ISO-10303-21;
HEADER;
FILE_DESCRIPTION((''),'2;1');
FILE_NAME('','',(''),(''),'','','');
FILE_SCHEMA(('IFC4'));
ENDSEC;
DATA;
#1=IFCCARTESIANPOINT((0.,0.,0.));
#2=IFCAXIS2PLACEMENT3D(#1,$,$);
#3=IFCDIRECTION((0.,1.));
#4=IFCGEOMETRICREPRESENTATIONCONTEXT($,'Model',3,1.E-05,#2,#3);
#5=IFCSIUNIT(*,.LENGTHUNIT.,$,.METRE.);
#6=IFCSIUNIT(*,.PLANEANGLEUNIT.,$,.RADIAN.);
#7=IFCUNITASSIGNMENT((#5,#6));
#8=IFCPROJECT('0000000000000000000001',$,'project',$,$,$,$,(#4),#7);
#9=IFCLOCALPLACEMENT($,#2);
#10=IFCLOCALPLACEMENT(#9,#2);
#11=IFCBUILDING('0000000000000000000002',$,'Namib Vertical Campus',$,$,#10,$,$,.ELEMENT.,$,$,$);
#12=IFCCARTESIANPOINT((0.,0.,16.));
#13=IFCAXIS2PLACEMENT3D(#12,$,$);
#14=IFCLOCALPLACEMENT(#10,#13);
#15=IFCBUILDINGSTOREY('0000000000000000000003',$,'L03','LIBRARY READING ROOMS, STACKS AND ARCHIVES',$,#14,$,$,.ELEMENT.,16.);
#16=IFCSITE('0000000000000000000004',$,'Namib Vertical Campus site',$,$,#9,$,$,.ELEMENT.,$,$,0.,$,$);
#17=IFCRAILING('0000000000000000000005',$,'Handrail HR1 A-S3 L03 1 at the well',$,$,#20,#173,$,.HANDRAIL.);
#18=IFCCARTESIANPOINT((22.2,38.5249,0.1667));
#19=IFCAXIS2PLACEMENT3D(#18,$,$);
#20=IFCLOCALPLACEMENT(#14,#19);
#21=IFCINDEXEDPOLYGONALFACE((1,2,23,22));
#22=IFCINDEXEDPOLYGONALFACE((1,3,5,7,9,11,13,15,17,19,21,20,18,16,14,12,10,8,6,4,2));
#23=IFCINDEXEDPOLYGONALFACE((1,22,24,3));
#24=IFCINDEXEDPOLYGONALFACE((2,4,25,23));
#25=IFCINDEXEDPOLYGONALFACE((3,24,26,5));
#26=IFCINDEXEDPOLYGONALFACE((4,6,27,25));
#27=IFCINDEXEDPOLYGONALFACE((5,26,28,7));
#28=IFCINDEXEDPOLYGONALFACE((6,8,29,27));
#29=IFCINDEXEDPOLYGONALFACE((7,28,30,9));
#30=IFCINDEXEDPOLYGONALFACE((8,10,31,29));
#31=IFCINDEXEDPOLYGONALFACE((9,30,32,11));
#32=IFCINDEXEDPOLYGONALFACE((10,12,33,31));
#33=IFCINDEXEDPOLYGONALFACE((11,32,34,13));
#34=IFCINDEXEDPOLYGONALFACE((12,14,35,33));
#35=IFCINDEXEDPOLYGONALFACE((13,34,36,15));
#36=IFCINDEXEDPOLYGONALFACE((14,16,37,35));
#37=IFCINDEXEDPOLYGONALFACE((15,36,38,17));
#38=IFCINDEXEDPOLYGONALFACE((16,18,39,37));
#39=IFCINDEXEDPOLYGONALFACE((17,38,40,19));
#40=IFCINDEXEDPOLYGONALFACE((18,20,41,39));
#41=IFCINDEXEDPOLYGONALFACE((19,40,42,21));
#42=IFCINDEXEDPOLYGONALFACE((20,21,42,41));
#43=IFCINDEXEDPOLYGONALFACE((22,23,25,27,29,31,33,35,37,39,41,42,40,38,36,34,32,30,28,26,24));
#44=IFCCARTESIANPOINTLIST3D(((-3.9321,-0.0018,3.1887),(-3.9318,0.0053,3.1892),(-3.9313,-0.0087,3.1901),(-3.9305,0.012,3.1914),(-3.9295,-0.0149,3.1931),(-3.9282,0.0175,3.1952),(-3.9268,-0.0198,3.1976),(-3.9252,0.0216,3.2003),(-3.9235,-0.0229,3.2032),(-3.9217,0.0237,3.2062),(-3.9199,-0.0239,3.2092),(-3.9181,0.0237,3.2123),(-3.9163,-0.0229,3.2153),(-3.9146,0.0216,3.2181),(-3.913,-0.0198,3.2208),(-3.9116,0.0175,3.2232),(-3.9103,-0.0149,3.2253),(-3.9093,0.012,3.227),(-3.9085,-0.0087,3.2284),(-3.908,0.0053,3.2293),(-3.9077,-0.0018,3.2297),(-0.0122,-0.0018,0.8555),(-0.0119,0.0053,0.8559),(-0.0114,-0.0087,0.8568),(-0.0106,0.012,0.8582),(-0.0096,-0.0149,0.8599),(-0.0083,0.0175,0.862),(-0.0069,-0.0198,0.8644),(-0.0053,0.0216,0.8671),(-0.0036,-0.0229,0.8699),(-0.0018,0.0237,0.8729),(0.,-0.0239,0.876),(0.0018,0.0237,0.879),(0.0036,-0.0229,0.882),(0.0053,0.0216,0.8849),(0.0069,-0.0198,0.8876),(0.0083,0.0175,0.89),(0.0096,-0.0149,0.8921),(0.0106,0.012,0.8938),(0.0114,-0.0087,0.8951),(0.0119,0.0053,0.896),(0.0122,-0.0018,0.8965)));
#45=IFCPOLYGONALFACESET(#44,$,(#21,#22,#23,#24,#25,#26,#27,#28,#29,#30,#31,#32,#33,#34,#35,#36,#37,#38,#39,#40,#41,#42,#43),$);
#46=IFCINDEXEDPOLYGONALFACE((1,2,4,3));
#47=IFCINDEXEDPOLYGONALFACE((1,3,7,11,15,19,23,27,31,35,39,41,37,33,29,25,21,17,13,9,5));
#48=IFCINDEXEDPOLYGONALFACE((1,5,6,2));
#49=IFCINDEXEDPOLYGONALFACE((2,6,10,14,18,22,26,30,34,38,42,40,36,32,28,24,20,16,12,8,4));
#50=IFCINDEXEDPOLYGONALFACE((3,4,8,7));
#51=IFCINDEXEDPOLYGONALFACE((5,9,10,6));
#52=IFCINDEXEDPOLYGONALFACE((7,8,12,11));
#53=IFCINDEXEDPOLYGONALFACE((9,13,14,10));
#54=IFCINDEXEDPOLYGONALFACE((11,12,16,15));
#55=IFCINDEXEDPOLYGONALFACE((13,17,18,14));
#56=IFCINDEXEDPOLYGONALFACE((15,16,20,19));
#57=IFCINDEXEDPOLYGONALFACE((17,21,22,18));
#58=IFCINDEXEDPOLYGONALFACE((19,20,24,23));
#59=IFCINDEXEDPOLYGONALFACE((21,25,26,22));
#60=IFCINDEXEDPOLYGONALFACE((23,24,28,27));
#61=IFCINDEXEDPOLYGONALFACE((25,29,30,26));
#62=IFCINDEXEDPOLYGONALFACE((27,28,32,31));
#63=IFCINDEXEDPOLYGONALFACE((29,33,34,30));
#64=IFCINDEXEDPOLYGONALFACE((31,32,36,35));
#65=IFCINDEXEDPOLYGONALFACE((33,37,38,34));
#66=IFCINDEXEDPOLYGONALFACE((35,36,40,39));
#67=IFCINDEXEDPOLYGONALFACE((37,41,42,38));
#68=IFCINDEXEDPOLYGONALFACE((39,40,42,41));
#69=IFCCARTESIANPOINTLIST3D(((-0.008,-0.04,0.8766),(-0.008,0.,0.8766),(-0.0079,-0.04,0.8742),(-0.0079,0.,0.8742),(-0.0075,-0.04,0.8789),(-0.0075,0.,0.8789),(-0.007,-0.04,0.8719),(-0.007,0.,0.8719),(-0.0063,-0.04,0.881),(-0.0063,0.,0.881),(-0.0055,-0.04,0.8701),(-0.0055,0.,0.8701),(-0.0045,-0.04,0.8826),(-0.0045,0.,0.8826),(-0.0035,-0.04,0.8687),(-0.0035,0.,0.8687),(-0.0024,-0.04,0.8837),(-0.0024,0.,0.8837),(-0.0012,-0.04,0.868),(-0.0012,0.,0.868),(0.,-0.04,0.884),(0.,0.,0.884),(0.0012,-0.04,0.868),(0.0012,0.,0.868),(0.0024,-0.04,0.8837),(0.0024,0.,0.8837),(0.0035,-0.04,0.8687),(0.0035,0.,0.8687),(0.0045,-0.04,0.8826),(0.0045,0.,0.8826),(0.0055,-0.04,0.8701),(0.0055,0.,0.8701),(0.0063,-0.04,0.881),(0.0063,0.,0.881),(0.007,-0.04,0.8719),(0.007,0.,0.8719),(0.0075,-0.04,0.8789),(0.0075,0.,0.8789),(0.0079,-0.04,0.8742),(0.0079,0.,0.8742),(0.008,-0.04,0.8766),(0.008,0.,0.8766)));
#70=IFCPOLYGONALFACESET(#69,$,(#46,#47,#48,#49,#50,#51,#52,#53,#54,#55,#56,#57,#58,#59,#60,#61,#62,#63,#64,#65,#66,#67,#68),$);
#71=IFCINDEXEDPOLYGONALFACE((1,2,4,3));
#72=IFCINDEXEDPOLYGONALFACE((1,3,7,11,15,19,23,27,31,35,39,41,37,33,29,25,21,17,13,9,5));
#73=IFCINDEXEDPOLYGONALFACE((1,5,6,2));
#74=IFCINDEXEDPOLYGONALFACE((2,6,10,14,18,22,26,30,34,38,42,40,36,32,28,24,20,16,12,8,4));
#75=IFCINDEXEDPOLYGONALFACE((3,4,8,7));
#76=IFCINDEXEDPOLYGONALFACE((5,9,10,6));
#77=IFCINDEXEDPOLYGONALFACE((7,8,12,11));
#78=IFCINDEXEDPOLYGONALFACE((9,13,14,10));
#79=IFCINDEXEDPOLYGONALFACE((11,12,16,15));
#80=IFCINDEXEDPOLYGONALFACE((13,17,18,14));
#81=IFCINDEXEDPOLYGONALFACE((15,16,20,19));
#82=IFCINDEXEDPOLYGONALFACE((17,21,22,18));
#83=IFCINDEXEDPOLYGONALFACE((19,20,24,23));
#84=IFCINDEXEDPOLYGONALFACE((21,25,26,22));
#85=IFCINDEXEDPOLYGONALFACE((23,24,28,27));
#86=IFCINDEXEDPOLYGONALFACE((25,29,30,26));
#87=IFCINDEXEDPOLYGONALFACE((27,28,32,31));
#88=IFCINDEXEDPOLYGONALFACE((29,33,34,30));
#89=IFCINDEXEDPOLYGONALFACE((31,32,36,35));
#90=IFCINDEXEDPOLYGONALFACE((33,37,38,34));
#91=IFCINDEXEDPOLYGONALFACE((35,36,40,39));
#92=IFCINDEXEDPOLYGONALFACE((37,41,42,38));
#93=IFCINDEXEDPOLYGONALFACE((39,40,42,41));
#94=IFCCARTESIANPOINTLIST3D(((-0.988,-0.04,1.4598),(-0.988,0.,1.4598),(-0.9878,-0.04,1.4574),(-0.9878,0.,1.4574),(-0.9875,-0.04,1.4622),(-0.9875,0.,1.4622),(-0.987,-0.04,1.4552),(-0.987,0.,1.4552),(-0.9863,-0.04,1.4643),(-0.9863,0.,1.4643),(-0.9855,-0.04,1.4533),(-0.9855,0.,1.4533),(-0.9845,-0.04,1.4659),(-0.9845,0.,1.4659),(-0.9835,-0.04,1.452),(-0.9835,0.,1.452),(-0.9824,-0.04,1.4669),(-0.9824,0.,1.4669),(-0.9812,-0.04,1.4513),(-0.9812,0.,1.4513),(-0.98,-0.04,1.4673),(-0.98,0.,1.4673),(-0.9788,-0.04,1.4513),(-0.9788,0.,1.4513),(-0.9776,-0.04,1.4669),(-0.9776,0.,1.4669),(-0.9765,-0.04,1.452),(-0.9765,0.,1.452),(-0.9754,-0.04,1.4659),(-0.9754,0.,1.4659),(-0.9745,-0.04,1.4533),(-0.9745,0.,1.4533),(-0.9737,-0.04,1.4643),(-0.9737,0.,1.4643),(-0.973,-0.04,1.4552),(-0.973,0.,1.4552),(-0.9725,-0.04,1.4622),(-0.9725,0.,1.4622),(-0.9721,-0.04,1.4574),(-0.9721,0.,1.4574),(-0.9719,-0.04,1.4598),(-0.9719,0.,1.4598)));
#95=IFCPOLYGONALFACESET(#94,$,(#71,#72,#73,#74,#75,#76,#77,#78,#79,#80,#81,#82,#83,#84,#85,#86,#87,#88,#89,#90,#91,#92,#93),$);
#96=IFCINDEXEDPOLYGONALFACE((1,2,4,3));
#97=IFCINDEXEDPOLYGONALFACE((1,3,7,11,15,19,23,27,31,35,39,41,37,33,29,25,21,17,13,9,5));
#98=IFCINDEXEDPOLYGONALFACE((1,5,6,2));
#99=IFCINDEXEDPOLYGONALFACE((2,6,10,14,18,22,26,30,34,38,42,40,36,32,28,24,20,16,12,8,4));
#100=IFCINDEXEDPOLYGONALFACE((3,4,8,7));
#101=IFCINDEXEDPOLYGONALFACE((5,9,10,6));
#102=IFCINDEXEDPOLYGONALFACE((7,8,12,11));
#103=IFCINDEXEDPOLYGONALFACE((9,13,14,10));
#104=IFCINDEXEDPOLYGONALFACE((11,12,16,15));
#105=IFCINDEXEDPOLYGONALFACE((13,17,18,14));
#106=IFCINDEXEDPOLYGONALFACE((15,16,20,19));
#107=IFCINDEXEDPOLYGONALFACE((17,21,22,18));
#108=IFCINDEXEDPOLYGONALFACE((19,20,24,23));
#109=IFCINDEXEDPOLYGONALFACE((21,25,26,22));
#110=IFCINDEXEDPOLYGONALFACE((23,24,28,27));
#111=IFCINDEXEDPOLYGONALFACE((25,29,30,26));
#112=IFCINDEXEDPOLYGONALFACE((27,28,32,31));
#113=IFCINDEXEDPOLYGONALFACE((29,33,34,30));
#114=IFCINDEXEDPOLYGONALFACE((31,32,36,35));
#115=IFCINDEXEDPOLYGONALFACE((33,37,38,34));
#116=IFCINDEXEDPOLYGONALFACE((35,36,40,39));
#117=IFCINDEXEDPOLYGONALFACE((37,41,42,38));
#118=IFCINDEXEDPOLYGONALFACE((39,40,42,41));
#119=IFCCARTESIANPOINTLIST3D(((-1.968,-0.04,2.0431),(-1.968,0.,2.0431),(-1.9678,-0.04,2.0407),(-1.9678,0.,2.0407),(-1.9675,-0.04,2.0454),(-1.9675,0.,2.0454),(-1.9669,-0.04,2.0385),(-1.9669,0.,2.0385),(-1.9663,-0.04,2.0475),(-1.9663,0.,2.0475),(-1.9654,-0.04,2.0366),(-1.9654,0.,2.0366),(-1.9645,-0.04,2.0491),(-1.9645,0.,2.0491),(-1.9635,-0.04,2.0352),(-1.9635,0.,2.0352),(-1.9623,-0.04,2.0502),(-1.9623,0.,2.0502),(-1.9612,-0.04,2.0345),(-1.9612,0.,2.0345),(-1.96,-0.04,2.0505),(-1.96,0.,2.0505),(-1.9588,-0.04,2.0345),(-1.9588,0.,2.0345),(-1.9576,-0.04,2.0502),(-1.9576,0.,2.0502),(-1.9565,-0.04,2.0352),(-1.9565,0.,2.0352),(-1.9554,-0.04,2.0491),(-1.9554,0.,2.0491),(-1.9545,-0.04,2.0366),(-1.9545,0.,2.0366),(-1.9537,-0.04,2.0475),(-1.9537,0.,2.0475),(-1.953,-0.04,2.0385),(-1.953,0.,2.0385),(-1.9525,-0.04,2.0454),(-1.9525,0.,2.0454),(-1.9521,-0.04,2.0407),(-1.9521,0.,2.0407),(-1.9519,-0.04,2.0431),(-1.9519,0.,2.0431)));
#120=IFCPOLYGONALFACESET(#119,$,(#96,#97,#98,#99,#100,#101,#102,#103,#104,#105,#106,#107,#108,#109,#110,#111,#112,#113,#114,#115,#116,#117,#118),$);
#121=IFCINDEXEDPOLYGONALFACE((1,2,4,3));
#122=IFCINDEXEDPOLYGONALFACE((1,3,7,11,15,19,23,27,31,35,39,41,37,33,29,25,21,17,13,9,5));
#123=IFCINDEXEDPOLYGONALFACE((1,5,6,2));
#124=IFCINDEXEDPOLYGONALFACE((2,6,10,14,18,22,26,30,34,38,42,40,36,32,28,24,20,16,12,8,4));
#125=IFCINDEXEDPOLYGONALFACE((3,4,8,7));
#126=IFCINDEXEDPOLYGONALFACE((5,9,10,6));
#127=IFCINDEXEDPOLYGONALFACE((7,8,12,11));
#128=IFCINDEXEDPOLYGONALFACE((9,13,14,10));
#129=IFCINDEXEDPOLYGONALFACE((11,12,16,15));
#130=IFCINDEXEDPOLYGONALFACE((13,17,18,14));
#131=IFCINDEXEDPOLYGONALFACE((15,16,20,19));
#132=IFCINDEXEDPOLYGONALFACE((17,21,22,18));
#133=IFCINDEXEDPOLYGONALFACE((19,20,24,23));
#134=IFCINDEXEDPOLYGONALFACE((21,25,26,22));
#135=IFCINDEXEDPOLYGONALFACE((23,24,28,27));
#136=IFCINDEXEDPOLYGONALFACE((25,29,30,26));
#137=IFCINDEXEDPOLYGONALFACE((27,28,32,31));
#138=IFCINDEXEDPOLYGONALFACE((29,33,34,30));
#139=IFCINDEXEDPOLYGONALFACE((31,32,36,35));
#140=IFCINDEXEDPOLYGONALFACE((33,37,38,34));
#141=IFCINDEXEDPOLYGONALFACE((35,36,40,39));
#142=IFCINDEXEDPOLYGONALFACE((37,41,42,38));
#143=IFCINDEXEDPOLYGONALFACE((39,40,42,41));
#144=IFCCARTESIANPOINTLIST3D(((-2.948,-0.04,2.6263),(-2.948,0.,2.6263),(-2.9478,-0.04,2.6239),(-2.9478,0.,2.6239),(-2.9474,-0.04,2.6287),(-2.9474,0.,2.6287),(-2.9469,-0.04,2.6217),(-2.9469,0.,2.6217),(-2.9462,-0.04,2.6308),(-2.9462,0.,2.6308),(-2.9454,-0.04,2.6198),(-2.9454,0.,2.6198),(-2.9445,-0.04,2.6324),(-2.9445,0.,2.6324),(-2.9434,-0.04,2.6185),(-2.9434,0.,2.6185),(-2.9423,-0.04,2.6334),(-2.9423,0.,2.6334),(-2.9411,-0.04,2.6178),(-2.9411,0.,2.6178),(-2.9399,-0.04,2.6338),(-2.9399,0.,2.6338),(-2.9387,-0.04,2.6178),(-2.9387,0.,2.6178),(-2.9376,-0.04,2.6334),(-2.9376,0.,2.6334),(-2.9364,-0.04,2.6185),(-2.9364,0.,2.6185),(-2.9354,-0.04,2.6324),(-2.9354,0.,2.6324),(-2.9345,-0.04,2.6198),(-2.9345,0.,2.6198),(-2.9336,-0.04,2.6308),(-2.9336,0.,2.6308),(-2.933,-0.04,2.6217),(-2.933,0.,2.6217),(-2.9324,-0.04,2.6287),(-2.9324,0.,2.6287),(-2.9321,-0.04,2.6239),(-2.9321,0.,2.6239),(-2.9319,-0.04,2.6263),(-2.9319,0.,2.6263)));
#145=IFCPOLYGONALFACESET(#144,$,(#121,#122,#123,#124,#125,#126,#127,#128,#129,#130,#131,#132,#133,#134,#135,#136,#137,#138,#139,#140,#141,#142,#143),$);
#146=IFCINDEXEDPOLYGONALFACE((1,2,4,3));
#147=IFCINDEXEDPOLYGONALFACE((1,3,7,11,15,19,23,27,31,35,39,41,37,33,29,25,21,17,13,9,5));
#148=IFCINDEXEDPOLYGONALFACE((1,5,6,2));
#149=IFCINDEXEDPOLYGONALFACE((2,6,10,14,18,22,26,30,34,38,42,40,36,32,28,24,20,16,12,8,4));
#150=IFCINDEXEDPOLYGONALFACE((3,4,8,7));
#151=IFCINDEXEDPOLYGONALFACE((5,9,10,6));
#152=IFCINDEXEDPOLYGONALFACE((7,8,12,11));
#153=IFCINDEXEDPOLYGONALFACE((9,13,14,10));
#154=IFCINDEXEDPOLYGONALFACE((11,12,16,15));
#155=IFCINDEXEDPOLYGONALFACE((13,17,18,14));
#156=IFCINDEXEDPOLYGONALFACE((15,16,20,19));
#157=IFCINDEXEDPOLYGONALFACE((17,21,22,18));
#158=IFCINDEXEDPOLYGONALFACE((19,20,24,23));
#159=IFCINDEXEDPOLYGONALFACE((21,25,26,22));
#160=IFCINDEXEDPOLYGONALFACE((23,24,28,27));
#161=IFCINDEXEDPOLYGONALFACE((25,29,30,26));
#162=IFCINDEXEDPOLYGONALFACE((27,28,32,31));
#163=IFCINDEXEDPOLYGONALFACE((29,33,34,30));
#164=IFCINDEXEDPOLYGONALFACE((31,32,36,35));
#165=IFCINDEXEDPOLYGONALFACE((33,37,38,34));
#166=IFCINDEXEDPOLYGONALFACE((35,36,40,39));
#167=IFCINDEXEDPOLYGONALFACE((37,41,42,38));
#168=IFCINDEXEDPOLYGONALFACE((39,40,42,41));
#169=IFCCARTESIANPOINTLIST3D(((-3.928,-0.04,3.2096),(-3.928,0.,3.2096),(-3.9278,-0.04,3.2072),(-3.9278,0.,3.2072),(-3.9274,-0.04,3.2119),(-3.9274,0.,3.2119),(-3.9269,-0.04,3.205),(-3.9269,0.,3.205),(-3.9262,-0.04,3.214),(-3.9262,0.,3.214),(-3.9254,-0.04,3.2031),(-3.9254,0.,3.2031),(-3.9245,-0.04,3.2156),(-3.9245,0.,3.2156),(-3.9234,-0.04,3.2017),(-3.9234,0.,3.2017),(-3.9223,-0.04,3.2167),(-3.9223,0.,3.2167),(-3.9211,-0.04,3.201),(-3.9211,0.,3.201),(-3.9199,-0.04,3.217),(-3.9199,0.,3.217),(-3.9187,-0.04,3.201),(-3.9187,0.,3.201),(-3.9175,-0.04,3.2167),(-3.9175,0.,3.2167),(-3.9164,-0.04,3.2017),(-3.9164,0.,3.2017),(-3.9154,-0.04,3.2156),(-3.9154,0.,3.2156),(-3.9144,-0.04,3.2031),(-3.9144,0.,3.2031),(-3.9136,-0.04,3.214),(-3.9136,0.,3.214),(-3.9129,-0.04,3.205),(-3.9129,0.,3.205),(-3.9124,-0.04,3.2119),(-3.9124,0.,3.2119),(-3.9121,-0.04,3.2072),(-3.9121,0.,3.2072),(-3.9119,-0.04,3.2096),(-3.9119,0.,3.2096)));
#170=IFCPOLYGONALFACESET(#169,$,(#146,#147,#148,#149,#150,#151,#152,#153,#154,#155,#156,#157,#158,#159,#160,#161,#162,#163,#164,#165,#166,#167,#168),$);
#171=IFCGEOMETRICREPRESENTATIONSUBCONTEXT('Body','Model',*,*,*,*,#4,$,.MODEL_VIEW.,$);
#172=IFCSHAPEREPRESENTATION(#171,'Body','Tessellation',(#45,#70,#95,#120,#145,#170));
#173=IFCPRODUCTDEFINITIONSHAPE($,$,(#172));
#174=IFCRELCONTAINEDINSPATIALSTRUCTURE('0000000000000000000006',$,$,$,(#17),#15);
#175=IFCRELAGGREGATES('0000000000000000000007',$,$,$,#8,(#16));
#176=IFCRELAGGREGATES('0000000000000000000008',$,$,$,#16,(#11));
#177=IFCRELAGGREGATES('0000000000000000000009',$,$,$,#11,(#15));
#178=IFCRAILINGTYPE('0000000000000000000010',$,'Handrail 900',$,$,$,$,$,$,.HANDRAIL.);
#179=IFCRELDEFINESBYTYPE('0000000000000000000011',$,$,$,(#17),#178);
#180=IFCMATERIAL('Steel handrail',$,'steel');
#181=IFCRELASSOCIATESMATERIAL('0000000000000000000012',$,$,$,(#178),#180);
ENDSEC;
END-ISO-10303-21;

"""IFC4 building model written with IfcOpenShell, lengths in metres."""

from ifc_helpers import new_model, si_unit, direction, frame, origin, origin_2d, place, context, subcontext, project, spatial, circle, extrude, material, type_object, element, save


model = new_model("IFC4")

# Units and contexts
model_context = context("Model", 3, precision=1e-05, world=origin(), true_north=direction((0.0, 1.0)))
body_context = subcontext(model_context, "Body", "Model", "MODEL_VIEW")
ifc_project = project(units=[si_unit("LENGTHUNIT", "METRE"), si_unit("PLANEANGLEUNIT", "RADIAN")], contexts=[model_context])

# Site, building, storey
site_placement = place(None, origin())
site = spatial("IfcSite", under=ifc_project, at=site_placement, Name="Namib Vertical Campus site", CompositionType="ELEMENT", RefElevation=0.0)
building_placement = place(site_placement, origin())
building = spatial("IfcBuilding", under=site, at=building_placement, Name="Namib Vertical Campus", CompositionType="ELEMENT")
storey_placement = place(building_placement, frame((0.0, 0.0, 16.0)))
storey = spatial("IfcBuildingStorey", under=building, at=storey_placement, Name="L03", Description="LIBRARY READING ROOMS, STACKS AND ARCHIVES", CompositionType="ELEMENT", Elevation=16.0)

# Railing
ifc_material_1 = material(Name="Steel handrail", Category="steel")
railing_type_1 = type_object("IfcRailingType", Name="Handrail 900", PredefinedType="HANDRAIL", material=ifc_material_1)
railing_1_placement = place(storey_placement, frame((22.2, 38.5249, 0.1667)))
element("IfcRailing", 1, at=railing_1_placement, inside=storey, type_object=railing_type_1, Name="Handrail HR1 A-S3 L03 1 at the well", PredefinedType="HANDRAIL", context=body_context, shape_type="SweptSolid", body=[
    extrude(circle(Radius=0.0239, at=origin_2d()), frame((0.0, 0.0, 0.876), z_axis=(-0.859296, 0.0, 0.511478), x_axis=(0.0, -1.0, 0.0)), (0.0, 0.0, 1.0), 4.5618),
    extrude(circle(Radius=0.0081, at=origin_2d()), frame((0.0, 0.0, 0.876), z_axis=(0.0, -1.0, 0.0), x_axis=(0.0, 0.0, 1.0)), (0.0, 0.0, 1.0), 0.04),
    extrude(circle(Radius=0.0081, at=origin_2d()), frame((-0.98, 0.0, 1.4592), z_axis=(0.0, -1.0, 0.0), x_axis=(0.0, 0.0, 1.0)), (0.0, 0.0, 1.0), 0.04),
    extrude(circle(Radius=0.0081, at=origin_2d()), frame((-1.96, 0.0, 2.0425), z_axis=(0.0, -1.0, 0.0), x_axis=(0.0, 0.0, 1.0)), (0.0, 0.0, 1.0), 0.04),
    extrude(circle(Radius=0.0081, at=origin_2d()), frame((-2.9399, 0.0, 2.6257), z_axis=(0.0, -1.0, 0.0), x_axis=(0.0, 0.0, 1.0)), (0.0, 0.0, 1.0), 0.04),
    extrude(circle(Radius=0.0081, at=origin_2d()), frame((-3.9199, 0.0, 3.209), z_axis=(0.0, -1.0, 0.0), x_axis=(0.0, 0.0, 1.0)), (0.0, 0.0, 1.0), 0.04),
])

save(model, "model.ifc")
